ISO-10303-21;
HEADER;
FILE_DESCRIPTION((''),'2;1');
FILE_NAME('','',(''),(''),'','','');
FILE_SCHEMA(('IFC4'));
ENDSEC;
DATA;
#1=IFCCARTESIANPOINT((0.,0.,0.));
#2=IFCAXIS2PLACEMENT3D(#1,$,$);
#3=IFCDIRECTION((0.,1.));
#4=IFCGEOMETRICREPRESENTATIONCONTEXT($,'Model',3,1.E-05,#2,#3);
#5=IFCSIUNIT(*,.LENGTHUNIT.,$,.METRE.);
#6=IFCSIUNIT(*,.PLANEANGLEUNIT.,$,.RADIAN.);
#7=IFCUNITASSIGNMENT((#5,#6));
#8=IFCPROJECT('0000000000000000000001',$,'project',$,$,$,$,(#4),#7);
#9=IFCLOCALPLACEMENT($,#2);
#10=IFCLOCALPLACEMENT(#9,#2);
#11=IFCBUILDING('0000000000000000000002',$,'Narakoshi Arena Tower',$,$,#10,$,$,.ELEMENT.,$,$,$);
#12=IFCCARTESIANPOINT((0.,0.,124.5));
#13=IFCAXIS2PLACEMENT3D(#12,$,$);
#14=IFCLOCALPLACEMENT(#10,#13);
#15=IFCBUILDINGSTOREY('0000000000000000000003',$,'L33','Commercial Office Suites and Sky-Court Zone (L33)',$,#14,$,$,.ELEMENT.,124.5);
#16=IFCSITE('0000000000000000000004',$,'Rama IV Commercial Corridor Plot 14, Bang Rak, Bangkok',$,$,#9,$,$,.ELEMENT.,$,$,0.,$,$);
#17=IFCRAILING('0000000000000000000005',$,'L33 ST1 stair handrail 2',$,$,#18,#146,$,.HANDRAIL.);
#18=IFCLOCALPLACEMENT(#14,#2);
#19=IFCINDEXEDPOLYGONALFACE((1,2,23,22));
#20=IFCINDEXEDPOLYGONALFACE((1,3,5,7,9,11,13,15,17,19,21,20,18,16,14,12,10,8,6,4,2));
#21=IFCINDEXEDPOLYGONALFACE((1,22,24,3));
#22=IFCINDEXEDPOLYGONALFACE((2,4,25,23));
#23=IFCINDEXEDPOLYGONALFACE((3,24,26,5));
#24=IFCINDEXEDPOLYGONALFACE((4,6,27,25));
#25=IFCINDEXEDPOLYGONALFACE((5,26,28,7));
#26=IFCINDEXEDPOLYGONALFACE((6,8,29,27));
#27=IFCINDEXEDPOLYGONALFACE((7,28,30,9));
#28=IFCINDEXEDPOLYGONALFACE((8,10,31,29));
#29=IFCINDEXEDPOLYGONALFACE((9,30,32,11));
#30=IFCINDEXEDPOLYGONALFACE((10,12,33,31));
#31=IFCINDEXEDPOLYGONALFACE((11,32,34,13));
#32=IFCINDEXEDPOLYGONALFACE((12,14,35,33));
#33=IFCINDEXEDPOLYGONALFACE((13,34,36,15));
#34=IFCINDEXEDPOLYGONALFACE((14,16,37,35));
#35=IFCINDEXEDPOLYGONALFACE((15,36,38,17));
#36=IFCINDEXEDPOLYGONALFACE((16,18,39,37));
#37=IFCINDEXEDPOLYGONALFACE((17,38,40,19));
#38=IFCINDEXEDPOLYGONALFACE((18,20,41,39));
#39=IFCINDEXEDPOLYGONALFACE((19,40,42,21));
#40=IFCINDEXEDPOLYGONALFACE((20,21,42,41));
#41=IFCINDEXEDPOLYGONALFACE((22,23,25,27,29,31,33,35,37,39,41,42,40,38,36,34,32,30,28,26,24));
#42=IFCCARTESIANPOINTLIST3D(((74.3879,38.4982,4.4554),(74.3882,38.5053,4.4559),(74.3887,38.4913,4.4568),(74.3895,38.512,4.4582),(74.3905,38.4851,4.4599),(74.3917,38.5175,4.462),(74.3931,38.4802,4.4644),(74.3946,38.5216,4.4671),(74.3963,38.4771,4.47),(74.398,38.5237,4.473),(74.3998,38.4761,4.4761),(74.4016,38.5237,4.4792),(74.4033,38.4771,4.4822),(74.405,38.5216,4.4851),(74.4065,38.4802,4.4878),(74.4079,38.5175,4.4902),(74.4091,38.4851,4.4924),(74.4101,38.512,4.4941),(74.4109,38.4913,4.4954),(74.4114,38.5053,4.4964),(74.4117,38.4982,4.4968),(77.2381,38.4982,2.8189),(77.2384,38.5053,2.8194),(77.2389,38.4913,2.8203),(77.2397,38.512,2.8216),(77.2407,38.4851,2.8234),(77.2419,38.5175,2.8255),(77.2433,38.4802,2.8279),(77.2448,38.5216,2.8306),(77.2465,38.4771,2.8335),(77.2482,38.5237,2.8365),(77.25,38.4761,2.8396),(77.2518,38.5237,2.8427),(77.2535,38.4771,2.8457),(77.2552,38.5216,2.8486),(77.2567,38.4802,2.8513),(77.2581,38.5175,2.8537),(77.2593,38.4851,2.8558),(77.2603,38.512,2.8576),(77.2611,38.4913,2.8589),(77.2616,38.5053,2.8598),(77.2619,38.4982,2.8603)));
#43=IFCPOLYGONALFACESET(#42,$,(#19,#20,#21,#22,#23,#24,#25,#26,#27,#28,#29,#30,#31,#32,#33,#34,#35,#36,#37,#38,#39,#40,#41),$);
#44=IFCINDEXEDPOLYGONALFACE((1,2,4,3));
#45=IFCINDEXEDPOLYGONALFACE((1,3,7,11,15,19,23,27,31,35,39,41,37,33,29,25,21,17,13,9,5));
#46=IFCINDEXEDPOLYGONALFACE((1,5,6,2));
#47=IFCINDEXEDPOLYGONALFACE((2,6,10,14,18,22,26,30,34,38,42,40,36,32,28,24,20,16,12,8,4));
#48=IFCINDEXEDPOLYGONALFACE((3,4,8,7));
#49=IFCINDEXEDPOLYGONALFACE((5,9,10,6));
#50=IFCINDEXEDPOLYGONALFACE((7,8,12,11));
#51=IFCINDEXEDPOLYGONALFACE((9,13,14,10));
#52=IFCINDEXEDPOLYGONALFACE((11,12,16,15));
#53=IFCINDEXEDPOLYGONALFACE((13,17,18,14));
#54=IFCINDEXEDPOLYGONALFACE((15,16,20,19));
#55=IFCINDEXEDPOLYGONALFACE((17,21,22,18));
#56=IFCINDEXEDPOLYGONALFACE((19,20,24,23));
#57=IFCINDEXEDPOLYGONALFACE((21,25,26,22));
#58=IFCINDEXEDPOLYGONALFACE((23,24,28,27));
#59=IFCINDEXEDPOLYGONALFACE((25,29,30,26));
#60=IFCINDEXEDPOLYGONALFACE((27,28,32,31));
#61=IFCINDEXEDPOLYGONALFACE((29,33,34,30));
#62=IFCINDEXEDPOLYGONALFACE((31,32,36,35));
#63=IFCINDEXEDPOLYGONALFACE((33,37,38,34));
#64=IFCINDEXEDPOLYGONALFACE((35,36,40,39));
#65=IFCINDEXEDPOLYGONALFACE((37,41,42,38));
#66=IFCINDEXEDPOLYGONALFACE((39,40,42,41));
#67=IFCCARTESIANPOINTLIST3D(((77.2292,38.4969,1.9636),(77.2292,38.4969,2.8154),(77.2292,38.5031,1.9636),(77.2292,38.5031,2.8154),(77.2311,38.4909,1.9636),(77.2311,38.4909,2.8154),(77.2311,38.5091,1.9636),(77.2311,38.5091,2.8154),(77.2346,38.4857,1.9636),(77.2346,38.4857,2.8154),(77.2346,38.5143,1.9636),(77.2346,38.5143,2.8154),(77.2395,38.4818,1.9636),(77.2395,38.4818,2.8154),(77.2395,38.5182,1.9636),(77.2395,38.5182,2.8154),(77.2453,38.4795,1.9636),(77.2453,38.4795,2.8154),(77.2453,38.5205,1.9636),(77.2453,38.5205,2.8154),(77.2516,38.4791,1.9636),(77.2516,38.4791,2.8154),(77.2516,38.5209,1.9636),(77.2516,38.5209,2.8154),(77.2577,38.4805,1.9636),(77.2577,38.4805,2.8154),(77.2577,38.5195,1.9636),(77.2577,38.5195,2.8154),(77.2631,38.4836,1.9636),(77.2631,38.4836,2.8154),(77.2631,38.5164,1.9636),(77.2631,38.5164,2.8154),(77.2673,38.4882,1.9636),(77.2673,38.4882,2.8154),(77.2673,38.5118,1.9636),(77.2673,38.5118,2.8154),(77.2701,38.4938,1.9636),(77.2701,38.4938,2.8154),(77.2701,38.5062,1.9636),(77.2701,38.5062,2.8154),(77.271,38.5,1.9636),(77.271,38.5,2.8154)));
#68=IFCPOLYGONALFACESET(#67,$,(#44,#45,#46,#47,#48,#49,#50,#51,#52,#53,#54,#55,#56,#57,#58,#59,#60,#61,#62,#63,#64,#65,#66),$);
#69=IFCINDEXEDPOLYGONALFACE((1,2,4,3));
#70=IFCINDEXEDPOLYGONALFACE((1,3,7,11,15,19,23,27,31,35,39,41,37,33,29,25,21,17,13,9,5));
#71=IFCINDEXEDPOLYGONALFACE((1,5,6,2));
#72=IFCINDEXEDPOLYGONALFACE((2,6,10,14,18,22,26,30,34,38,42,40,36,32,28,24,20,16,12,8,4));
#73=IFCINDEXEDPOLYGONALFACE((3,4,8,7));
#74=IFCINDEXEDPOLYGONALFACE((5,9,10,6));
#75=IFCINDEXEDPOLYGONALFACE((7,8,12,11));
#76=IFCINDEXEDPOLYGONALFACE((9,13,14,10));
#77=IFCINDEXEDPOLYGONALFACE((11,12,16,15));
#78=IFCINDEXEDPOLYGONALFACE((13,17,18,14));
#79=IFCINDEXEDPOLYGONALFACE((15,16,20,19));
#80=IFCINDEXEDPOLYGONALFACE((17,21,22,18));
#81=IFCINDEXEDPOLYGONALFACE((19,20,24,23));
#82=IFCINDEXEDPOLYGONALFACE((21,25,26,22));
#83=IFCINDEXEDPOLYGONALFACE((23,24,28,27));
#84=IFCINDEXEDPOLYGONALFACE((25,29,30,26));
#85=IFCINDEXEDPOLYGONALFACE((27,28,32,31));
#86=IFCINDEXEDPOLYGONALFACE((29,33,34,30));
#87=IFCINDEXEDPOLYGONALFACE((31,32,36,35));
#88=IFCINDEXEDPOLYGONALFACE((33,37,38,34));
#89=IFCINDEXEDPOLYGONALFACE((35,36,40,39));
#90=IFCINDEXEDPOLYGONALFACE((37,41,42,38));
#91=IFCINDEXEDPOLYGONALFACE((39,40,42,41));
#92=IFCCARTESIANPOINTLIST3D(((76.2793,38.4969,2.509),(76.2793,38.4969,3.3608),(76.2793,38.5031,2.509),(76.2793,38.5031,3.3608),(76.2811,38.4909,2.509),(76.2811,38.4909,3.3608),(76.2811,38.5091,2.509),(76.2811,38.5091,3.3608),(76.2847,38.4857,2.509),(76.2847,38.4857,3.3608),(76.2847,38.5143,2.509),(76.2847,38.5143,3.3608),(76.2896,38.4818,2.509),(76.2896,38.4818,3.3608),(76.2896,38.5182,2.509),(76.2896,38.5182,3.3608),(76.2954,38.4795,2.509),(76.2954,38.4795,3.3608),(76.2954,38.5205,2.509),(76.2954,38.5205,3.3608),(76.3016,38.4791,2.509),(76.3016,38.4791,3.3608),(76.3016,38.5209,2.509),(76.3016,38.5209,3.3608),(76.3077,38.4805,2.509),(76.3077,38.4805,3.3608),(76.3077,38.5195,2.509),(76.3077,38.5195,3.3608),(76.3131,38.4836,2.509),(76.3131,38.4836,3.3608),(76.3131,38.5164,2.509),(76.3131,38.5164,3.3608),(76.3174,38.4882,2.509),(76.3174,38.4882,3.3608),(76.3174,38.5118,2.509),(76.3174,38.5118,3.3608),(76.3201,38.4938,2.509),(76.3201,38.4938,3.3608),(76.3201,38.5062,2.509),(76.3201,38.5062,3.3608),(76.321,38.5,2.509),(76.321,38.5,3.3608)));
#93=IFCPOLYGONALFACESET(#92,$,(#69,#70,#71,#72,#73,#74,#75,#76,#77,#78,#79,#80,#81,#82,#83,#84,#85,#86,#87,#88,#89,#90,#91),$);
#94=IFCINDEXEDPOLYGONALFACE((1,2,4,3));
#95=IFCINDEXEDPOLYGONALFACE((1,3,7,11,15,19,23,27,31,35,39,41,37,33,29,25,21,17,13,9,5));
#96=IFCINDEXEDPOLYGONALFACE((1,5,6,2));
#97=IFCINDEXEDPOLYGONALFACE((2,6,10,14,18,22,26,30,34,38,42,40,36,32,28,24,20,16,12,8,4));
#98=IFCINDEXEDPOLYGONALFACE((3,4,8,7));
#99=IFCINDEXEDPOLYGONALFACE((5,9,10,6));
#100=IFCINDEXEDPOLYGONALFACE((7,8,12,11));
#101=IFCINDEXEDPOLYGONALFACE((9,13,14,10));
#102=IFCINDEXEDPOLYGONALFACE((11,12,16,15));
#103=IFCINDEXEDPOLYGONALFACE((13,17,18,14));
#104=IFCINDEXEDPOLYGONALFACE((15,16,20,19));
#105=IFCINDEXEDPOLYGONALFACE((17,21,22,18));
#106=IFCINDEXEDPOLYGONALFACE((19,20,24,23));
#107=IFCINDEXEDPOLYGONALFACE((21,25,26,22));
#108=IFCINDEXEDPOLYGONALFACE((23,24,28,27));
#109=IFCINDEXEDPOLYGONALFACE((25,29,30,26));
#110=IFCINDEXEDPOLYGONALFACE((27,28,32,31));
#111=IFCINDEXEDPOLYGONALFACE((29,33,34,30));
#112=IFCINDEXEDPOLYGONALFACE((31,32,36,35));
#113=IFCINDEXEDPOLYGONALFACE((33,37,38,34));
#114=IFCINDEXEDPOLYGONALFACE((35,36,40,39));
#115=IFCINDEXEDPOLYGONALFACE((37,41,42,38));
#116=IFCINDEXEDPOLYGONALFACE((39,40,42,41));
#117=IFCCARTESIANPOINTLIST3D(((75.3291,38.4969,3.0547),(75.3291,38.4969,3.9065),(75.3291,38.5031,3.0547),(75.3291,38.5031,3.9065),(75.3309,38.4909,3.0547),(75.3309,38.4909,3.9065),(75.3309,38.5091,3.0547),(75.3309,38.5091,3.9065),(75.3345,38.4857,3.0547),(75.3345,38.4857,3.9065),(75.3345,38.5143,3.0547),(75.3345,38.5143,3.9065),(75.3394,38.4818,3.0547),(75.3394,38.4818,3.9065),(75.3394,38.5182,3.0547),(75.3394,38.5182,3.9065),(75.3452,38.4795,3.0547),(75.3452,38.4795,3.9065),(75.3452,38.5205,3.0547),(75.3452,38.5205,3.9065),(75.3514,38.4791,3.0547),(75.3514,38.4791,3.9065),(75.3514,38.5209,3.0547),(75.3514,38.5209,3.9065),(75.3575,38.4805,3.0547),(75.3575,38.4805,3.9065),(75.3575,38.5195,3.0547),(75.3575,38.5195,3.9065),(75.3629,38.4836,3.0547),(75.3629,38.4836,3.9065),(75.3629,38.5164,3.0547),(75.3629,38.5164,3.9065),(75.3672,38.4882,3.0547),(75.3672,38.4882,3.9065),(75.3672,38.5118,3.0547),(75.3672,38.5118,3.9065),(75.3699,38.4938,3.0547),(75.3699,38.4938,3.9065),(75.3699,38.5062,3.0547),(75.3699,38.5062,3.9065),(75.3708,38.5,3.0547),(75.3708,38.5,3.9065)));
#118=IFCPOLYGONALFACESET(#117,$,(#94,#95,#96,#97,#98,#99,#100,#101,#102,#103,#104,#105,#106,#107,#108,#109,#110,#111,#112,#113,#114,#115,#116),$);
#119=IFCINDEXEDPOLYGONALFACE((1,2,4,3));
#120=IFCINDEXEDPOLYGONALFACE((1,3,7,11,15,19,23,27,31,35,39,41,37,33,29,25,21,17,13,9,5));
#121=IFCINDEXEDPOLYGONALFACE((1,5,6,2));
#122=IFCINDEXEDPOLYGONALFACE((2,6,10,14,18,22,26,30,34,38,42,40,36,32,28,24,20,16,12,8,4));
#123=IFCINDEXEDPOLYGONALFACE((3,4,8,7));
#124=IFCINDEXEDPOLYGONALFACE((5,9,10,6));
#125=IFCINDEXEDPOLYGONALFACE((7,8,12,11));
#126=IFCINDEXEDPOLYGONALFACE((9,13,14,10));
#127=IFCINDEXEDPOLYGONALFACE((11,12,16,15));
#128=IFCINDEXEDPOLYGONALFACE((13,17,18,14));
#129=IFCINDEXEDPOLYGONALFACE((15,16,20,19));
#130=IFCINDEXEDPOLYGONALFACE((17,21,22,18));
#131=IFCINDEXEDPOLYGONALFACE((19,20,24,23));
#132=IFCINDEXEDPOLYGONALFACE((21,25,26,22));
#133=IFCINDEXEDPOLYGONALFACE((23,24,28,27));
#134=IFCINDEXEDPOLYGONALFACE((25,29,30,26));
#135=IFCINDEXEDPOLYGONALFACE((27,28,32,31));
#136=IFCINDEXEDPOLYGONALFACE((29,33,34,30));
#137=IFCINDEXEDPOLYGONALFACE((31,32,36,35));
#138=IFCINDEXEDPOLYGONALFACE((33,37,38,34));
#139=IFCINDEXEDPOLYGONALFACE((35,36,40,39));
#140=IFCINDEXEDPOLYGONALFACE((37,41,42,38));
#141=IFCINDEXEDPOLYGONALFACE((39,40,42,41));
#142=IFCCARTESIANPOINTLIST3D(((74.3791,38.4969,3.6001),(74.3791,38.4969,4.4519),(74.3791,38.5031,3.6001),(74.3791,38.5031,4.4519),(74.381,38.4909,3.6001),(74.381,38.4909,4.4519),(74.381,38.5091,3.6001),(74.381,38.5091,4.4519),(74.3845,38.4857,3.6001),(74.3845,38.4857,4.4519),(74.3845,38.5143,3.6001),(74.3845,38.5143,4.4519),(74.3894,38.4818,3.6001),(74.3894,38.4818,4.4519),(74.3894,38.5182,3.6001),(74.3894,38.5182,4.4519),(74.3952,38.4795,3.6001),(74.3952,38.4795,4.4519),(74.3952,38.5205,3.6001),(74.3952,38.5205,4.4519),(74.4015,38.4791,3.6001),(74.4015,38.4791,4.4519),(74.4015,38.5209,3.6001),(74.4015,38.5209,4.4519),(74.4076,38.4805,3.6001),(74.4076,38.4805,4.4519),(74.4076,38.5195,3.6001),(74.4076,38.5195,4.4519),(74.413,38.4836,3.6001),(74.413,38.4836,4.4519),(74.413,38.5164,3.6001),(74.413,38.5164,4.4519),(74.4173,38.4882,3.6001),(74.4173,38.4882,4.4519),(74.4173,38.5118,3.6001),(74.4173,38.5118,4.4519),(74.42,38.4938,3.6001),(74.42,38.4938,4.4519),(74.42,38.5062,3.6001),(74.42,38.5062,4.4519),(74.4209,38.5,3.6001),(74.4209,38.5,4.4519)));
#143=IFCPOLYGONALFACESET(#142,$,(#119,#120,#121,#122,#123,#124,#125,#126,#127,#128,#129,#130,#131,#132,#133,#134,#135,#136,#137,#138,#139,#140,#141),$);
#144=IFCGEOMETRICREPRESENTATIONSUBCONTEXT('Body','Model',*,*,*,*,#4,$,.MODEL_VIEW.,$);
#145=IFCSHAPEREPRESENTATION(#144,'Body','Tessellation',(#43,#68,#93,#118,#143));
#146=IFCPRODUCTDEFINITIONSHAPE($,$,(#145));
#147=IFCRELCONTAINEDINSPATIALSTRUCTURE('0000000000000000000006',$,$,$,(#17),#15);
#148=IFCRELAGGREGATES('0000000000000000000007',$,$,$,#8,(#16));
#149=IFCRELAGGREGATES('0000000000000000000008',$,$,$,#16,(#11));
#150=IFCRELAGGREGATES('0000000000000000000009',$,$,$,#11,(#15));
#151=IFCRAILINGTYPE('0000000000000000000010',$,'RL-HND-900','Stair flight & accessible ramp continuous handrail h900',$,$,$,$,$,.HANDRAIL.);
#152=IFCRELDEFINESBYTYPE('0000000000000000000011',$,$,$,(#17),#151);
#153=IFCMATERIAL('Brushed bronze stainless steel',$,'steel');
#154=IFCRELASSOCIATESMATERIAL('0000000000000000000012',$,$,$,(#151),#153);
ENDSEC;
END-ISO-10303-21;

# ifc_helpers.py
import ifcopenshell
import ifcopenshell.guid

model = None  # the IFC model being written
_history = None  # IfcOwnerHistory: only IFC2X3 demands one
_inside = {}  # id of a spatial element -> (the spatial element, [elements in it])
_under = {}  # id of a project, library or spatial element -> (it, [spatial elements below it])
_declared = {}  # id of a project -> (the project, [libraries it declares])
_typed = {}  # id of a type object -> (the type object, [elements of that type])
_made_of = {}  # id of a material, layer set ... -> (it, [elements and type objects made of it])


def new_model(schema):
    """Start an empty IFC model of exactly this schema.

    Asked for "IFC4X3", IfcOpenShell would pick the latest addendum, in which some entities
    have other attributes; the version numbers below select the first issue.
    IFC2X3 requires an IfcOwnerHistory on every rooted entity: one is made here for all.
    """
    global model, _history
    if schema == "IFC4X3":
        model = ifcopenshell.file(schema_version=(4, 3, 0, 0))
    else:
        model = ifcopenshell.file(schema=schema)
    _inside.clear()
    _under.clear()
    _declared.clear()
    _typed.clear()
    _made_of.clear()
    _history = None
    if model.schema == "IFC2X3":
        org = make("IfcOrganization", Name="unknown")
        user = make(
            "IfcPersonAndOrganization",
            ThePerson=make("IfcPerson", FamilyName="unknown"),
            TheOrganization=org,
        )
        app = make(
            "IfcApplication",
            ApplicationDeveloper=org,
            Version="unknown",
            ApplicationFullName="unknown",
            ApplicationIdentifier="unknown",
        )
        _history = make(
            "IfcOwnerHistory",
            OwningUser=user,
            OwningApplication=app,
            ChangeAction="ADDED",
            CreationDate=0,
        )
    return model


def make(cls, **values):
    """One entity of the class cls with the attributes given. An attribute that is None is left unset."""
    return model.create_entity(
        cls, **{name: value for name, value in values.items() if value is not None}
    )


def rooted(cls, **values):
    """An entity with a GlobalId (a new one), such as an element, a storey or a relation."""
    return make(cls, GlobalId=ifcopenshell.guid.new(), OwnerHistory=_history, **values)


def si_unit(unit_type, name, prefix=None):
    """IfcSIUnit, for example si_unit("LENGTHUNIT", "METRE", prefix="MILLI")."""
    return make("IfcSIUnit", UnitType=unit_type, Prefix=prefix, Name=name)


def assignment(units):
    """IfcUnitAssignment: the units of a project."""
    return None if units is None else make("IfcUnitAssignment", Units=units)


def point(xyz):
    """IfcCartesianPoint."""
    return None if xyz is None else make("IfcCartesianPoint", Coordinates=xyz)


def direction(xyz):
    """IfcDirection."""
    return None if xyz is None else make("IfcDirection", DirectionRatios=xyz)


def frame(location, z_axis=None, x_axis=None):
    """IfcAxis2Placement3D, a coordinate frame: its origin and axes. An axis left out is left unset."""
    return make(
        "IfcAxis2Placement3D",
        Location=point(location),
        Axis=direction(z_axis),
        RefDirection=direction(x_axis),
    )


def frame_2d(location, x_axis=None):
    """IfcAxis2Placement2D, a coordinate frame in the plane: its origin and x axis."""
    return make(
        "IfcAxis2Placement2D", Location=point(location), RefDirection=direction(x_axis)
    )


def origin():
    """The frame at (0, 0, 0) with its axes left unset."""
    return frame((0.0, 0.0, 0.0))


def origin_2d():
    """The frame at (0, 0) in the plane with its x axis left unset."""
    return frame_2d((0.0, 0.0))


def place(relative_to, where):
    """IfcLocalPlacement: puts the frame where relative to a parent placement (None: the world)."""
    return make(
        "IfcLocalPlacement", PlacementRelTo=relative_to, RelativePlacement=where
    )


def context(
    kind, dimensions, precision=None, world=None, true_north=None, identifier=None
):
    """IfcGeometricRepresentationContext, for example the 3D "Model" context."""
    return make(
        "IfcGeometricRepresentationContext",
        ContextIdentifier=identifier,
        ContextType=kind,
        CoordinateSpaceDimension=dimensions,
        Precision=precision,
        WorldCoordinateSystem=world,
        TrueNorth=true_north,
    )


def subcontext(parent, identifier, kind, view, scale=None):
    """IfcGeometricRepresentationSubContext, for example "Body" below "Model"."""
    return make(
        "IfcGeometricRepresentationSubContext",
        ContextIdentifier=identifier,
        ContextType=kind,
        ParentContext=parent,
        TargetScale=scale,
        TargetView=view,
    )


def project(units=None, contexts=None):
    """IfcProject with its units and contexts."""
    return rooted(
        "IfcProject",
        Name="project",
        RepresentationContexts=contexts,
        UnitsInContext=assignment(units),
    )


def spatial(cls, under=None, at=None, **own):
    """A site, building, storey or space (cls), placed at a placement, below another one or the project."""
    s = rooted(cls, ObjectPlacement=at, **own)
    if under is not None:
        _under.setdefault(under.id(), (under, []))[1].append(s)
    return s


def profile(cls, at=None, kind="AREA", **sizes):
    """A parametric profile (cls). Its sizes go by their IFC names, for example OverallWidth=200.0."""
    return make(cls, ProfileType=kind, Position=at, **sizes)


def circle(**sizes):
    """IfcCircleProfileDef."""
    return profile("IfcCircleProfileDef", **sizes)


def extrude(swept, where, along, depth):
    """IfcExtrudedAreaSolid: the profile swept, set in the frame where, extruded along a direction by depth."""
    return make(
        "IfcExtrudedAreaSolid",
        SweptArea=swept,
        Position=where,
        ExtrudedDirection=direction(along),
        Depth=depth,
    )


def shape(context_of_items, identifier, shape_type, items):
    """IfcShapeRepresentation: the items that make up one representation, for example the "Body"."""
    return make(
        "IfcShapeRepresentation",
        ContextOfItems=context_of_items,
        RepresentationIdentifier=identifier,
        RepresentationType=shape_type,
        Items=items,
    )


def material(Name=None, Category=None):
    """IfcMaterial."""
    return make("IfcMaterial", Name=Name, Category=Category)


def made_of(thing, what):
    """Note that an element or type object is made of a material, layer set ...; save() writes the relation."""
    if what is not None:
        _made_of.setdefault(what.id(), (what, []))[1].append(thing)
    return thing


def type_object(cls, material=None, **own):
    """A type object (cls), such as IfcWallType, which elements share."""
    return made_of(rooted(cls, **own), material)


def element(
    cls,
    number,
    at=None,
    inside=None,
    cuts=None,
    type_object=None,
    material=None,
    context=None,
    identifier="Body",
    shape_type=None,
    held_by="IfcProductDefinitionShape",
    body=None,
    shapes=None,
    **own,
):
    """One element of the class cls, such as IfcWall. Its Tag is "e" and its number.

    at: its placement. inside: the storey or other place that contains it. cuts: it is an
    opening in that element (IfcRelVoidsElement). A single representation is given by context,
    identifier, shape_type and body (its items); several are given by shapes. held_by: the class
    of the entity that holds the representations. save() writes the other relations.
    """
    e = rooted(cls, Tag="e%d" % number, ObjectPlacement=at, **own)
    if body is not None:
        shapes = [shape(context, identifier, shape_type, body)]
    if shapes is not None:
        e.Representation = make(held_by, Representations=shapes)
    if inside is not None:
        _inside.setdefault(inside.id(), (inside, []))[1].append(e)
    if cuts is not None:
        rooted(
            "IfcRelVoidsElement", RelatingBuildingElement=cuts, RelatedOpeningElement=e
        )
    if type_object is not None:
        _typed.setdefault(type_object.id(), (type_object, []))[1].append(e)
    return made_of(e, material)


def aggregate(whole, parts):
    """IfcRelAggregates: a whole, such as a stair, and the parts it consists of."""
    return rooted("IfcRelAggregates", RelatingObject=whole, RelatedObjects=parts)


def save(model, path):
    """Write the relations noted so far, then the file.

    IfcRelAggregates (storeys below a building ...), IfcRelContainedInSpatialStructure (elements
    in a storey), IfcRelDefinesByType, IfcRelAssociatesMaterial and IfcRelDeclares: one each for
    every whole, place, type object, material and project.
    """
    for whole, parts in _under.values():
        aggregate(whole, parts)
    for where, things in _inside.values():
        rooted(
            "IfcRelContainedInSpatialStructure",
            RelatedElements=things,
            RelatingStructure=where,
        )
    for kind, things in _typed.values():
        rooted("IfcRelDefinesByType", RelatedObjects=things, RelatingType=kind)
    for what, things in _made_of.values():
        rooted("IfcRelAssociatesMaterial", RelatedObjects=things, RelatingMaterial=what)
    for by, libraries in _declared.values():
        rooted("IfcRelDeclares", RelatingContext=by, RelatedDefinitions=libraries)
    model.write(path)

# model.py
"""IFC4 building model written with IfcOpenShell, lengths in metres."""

from ifc_helpers import new_model, si_unit, direction, frame, origin, origin_2d, place, context, subcontext, project, spatial, circle, extrude, material, type_object, element, save


model = new_model("IFC4")

# Units and contexts
model_context = context("Model", 3, precision=1e-05, world=origin(), true_north=direction((0.0, 1.0)))
body_context = subcontext(model_context, "Body", "Model", "MODEL_VIEW")
ifc_project = project(units=[si_unit("LENGTHUNIT", "METRE"), si_unit("PLANEANGLEUNIT", "RADIAN")], contexts=[model_context])

# Site, building, storey
site_placement = place(None, origin())
site = spatial("IfcSite", under=ifc_project, at=site_placement, Name="Rama IV Commercial Corridor Plot 14, Bang Rak, Bangkok", CompositionType="ELEMENT", RefElevation=0.0)
building_placement = place(site_placement, origin())
building = spatial("IfcBuilding", under=site, at=building_placement, Name="Narakoshi Arena Tower", CompositionType="ELEMENT")
storey_placement = place(building_placement, frame((0.0, 0.0, 124.5)))
storey = spatial("IfcBuildingStorey", under=building, at=storey_placement, Name="L33", Description="Commercial Office Suites and Sky-Court Zone (L33)", CompositionType="ELEMENT", Elevation=124.5)

# Railing
ifc_material_1 = material(Name="Brushed bronze stainless steel", Category="steel")
railing_type_1 = type_object("IfcRailingType", Name="RL-HND-900", Description="Stair flight & accessible ramp continuous handrail h900", PredefinedType="HANDRAIL", material=ifc_material_1)
for number, where, name in (
    (1, (77.25, 38.5, 1.9636), "L33 ST1 stair handrail 2"),
):
    element("IfcRailing", number, at=place(storey_placement, frame(where)), inside=storey, type_object=railing_type_1, Name=name, PredefinedType="HANDRAIL", context=body_context, shape_type="SweptSolid", body=[
        extrude(circle(Radius=0.0239, at=origin_2d()), frame((0.0, 0.0, 0.876), z_axis=(-0.867213, 0.0, 0.497938), x_axis=(0.0, -1.0, 0.0)), (0.0, 0.0, 1.0), 3.2866),
        extrude(circle(Radius=0.021, at=origin_2d()), origin(), (0.0, 0.0, 1.0), 0.8518),
        extrude(circle(Radius=0.021, at=origin_2d()), frame((-0.95, 0.0, 0.5454)), (0.0, 0.0, 1.0), 0.8518),
        extrude(circle(Radius=0.021, at=origin_2d()), frame((-1.9001, 0.0, 1.0911)), (0.0, 0.0, 1.0), 0.8518),
        extrude(circle(Radius=0.021, at=origin_2d()), frame((-2.8501, 0.0, 1.6365)), (0.0, 0.0, 1.0), 0.8518),
    ])

save(model, "model.ifc")
